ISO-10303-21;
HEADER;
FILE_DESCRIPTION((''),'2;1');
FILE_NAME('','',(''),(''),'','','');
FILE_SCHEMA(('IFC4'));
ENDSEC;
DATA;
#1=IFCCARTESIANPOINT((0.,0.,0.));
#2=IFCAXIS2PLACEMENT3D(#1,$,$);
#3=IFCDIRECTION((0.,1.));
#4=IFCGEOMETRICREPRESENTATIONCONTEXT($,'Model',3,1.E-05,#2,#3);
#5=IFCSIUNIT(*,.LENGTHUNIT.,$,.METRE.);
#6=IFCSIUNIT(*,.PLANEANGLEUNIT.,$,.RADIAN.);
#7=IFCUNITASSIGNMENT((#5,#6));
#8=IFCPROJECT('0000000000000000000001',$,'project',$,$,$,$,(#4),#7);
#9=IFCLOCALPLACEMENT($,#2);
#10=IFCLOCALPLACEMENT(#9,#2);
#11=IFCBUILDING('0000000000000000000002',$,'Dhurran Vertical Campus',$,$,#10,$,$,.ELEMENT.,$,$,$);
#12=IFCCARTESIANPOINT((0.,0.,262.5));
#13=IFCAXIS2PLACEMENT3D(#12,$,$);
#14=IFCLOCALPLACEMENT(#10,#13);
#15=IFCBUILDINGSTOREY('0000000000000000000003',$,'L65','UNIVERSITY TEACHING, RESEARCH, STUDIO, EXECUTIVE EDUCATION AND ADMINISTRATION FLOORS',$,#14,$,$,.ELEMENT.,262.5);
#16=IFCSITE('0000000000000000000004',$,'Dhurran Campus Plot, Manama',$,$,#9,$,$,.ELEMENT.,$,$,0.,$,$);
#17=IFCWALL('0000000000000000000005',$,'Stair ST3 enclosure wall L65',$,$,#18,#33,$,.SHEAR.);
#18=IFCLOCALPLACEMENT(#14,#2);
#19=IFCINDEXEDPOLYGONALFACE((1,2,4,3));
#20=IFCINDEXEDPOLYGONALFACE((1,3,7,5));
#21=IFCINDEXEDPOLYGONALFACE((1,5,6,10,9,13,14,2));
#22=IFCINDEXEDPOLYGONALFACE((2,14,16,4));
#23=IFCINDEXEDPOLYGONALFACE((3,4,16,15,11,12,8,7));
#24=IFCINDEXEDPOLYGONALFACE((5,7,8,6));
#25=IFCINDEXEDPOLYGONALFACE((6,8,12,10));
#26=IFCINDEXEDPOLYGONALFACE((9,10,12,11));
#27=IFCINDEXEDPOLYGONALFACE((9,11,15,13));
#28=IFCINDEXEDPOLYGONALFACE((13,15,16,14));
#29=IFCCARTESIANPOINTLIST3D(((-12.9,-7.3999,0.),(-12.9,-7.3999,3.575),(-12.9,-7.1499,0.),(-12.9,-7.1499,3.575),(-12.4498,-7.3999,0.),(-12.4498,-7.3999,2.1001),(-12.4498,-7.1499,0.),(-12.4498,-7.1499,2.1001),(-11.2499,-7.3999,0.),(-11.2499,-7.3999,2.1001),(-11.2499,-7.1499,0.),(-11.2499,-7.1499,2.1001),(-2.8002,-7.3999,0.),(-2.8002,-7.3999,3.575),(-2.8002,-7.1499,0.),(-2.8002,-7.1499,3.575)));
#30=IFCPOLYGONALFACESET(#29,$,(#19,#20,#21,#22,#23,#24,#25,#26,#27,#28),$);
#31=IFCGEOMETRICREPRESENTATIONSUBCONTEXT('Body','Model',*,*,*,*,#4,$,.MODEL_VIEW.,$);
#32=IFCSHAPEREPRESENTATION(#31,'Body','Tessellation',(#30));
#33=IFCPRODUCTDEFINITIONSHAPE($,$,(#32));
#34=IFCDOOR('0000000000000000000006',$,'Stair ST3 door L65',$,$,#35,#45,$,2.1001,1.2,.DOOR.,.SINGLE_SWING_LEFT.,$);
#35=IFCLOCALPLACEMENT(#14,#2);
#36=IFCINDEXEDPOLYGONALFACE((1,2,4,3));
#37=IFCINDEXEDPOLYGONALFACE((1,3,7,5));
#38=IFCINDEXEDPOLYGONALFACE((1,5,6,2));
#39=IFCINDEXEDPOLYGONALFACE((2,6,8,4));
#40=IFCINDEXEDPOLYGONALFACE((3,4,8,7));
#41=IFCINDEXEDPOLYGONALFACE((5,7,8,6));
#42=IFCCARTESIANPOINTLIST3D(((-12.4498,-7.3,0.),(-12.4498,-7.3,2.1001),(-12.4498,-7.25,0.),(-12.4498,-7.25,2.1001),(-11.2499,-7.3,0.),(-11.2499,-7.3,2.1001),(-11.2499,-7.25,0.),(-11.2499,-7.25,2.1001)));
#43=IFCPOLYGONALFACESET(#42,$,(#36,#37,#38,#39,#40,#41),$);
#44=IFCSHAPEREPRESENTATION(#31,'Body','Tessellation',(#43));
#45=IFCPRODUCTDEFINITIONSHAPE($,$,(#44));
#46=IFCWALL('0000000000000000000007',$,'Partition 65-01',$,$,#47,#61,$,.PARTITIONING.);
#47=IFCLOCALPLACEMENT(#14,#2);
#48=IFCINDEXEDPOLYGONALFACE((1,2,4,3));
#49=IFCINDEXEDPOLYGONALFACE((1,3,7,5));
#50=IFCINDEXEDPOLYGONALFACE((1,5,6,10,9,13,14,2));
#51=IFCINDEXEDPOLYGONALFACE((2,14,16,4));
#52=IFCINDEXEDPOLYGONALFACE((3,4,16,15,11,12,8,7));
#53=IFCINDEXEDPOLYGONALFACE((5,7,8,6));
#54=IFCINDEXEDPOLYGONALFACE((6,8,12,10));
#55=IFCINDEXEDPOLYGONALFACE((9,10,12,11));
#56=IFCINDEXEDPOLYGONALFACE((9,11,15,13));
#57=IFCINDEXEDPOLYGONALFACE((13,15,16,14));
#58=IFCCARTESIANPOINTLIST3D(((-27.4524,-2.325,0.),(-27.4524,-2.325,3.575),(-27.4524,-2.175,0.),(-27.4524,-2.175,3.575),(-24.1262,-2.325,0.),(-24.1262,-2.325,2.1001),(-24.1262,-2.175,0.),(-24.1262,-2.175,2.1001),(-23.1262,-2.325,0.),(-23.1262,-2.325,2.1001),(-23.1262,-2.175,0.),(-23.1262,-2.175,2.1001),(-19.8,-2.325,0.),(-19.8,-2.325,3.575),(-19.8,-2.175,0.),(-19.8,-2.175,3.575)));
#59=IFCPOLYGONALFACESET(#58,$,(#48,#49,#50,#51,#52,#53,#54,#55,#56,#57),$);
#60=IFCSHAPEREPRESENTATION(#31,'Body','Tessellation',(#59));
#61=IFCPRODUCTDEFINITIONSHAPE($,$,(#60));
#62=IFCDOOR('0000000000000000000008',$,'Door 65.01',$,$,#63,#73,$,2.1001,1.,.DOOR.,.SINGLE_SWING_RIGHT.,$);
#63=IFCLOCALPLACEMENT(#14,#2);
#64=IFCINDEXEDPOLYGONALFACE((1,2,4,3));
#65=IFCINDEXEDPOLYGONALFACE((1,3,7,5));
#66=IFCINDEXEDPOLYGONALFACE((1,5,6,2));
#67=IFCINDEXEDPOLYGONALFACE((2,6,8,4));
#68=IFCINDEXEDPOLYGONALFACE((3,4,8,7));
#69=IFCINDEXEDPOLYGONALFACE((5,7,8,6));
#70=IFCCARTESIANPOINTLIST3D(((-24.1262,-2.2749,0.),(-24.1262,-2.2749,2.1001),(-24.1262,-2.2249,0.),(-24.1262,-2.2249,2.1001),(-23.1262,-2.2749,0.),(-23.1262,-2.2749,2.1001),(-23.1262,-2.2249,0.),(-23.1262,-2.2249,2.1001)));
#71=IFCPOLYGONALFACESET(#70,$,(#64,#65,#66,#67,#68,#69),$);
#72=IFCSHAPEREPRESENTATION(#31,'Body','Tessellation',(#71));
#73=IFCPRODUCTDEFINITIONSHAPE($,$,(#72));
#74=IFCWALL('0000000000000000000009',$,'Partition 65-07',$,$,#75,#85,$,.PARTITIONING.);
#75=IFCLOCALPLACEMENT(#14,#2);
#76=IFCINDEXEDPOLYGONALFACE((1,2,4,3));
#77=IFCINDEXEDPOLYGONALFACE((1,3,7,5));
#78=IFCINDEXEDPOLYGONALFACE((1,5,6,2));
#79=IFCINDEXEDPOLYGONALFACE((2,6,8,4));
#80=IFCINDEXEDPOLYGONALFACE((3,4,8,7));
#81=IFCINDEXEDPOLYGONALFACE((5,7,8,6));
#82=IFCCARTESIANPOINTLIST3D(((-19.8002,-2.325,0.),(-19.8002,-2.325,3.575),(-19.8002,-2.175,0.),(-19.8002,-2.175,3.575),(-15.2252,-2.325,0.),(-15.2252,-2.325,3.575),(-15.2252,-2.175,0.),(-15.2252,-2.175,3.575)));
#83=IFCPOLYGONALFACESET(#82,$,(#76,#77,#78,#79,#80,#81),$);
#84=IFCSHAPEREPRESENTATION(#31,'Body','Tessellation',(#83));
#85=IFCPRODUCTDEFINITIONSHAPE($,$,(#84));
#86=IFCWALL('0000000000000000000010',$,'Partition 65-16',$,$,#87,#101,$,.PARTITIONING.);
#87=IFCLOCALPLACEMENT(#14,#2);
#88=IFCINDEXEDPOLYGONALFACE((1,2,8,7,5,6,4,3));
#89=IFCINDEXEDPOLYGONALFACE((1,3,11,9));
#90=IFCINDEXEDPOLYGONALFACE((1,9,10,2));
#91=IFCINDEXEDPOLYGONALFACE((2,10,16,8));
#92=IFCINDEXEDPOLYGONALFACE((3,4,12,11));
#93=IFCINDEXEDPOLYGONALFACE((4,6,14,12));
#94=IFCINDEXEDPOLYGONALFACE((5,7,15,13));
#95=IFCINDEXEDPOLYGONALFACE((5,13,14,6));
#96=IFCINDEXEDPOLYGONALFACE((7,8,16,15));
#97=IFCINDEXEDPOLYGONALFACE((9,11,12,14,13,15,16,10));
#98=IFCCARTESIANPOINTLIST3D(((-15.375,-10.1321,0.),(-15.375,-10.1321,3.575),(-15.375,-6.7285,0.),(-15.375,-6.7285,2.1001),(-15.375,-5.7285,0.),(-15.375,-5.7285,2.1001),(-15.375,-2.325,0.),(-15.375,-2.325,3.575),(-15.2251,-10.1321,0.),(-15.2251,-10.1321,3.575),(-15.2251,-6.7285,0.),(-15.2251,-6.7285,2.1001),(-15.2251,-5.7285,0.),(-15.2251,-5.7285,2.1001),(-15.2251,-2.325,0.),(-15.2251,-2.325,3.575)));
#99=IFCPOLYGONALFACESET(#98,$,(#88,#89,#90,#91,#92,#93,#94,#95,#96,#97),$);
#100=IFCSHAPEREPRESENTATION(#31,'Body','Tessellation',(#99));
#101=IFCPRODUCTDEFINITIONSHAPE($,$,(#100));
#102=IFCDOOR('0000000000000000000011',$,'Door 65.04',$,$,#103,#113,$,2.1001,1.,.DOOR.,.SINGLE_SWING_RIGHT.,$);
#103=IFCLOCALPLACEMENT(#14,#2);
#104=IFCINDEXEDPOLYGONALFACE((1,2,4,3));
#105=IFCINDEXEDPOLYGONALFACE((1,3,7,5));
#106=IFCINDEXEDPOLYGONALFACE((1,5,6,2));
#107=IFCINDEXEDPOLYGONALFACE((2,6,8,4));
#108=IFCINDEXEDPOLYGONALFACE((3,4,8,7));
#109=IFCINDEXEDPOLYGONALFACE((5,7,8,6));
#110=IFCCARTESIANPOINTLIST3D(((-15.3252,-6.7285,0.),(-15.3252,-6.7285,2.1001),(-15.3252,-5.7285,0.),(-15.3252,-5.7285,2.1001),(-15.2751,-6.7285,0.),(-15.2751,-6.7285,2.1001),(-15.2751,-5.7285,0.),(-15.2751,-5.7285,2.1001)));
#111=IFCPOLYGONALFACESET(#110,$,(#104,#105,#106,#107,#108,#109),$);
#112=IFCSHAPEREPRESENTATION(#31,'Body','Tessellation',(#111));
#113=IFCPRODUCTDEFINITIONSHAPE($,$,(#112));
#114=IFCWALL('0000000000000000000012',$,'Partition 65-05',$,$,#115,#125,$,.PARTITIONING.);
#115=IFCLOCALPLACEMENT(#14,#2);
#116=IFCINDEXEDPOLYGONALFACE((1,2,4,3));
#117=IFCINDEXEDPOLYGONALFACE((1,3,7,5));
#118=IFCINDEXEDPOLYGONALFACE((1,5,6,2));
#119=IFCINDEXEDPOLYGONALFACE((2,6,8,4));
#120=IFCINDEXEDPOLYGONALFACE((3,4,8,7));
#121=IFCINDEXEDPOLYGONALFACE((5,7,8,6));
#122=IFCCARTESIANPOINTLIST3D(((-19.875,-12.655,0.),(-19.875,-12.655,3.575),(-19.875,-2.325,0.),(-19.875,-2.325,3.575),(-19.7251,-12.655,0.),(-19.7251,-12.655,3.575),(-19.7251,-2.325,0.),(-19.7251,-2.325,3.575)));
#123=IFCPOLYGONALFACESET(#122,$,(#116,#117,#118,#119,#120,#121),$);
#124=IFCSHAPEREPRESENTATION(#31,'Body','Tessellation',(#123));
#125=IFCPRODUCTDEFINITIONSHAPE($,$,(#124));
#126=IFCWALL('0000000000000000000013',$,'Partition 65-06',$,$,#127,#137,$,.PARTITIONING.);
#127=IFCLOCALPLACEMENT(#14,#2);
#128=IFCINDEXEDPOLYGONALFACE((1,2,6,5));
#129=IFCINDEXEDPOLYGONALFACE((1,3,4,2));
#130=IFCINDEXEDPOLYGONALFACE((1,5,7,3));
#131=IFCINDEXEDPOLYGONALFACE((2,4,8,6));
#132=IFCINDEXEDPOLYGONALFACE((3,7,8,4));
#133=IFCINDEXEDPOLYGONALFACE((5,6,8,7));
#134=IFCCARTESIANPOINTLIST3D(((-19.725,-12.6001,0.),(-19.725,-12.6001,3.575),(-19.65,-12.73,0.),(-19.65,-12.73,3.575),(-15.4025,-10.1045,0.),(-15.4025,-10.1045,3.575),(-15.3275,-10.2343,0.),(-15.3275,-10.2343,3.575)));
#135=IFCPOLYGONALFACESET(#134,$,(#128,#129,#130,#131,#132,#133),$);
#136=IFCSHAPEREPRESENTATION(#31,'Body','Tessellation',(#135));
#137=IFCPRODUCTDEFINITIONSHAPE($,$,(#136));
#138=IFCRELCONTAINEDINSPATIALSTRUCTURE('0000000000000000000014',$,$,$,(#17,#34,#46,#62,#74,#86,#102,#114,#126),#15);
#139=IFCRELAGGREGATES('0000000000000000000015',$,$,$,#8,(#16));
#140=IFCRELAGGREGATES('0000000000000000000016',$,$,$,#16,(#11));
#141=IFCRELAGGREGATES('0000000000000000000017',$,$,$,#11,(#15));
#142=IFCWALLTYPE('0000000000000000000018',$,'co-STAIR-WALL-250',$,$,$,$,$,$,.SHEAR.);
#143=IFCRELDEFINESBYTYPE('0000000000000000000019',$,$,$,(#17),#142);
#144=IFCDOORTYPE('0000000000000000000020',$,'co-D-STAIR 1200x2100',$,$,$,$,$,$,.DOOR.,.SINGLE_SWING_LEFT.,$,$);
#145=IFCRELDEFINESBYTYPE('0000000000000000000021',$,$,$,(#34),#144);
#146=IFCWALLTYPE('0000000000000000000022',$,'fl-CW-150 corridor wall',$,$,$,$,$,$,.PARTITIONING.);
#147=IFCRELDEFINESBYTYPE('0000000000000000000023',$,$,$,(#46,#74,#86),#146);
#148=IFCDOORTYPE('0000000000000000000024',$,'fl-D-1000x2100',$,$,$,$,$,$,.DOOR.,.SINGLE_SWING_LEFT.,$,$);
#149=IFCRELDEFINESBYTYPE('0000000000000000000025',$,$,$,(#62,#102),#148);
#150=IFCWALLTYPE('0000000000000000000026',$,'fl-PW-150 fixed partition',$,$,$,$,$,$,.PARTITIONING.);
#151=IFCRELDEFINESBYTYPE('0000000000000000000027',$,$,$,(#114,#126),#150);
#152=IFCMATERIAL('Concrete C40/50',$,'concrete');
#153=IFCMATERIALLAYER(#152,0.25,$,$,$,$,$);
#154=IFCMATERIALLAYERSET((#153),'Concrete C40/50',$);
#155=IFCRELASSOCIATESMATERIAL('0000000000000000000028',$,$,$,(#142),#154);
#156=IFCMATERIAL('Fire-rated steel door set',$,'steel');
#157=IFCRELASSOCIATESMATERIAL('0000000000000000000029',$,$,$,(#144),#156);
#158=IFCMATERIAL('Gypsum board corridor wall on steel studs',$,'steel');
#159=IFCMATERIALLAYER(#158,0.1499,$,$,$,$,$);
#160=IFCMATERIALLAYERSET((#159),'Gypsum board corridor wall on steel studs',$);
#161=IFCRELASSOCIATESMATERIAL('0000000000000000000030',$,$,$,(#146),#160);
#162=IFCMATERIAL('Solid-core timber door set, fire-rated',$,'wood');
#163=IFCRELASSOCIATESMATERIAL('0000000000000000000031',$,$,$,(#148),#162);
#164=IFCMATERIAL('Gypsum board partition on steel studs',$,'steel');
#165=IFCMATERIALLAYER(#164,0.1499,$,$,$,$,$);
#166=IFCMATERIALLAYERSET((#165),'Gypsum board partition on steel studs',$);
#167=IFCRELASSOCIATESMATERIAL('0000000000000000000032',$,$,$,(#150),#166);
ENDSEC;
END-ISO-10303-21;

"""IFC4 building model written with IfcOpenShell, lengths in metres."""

from ifc_helpers import new_model, si_unit, direction, frame, frame_2d, origin, place, context, subcontext, project, spatial, rectangle, extrude, material, layer, layer_set, type_object, element, fill, save


model = new_model("IFC4")

# Units and contexts
model_context = context("Model", 3, precision=1e-05, world=origin(), true_north=direction((0.0, 1.0)))
body_context = subcontext(model_context, "Body", "Model", "MODEL_VIEW")
ifc_project = project(units=[si_unit("LENGTHUNIT", "METRE"), si_unit("PLANEANGLEUNIT", "RADIAN")], contexts=[model_context])

# Site, building, storey
site_placement = place(None, origin())
site = spatial("IfcSite", under=ifc_project, at=site_placement, Name="Dhurran Campus Plot, Manama", CompositionType="ELEMENT", RefElevation=0.0)
building_placement = place(site_placement, origin())
building = spatial("IfcBuilding", under=site, at=building_placement, Name="Dhurran Vertical Campus", CompositionType="ELEMENT")
storey_placement = place(building_placement, frame((0.0, 0.0, 262.5)))
storey = spatial("IfcBuildingStorey", under=building, at=storey_placement, Name="L65", Description="UNIVERSITY TEACHING, RESEARCH, STUDIO, EXECUTIVE EDUCATION AND ADMINISTRATION FLOORS", CompositionType="ELEMENT", Elevation=262.5)

# Walls, openings, doors
ifc_material_1 = material(Name="Concrete C40/50", Category="concrete")
ifc_layer_1 = layer(ifc_material_1, 0.25)
ifc_layer_set_1 = layer_set([ifc_layer_1], Name="Concrete C40/50")
wall_type_1 = type_object("IfcWallType", Name="co-STAIR-WALL-250", PredefinedType="SHEAR", material=ifc_layer_set_1)
wall_1_placement = place(storey_placement, frame((-12.8999, -7.2749, 0.0), z_axis=(0.0, 0.0, 1.0), x_axis=(1.0, 0.0, 0.0)))
wall_1 = element("IfcWall", 1, at=wall_1_placement, inside=storey, type_object=wall_type_1, Name="Stair ST3 enclosure wall L65", PredefinedType="SHEAR", context=body_context, shape_type="SweptSolid", body=[
    extrude(rectangle(XDim=10.0999, YDim=0.25, at=frame_2d((5.0498, 0.0))), origin(), (0.0, 0.0, 1.0), 3.575),
])
opening_1_placement = place(wall_1_placement, frame((0.45, 0.0, 0.0)))
opening_1 = element("IfcOpeningElement", 2, at=opening_1_placement, cuts=wall_1, PredefinedType="OPENING", context=body_context, shape_type="SweptSolid", body=[
    extrude(rectangle(XDim=1.2, YDim=2.1001, at=frame_2d((0.6001, 1.05))), frame((0.0, 0.135, 0.0), z_axis=(0.0, -1.0, 0.0), x_axis=(1.0, 0.0, 0.0)), (0.0, 0.0, 1.0), 0.27),
])
ifc_material_2 = material(Name="Fire-rated steel door set", Category="steel")
door_type_1 = type_object("IfcDoorType", Name="co-D-STAIR 1200x2100", OperationType="SINGLE_SWING_LEFT", PredefinedType="DOOR", material=ifc_material_2)
door_1_placement = place(opening_1_placement, origin())
door_1 = element("IfcDoor", 3, at=door_1_placement, inside=storey, type_object=door_type_1, Name="Stair ST3 door L65", OperationType="SINGLE_SWING_LEFT", OverallHeight=2.1001, OverallWidth=1.2, PredefinedType="DOOR", context=body_context, shape_type="SweptSolid", body=[
    extrude(rectangle(XDim=1.2, YDim=2.1001, at=frame_2d((0.6001, 1.05))), frame((0.0, 0.0249, 0.0), z_axis=(0.0, -1.0, 0.0), x_axis=(1.0, 0.0, 0.0)), (0.0, 0.0, 1.0), 0.05),
])
fill(opening_1, door_1)
ifc_material_3 = material(Name="Gypsum board corridor wall on steel studs", Category="steel")
ifc_layer_2 = layer(ifc_material_3, 0.1499)
ifc_layer_set_2 = layer_set([ifc_layer_2], Name="Gypsum board corridor wall on steel studs")
wall_type_2 = type_object("IfcWallType", Name="fl-CW-150 corridor wall", PredefinedType="PARTITIONING", material=ifc_layer_set_2)
wall_2_placement = place(storey_placement, frame((-19.8, -2.25, 0.0), z_axis=(0.0, 0.0, 1.0), x_axis=(-1.0, 0.0, 0.0)))
wall_2 = element("IfcWall", 4, at=wall_2_placement, inside=storey, type_object=wall_type_2, Name="Partition 65-01", PredefinedType="PARTITIONING", context=body_context, shape_type="SweptSolid", body=[
    extrude(rectangle(XDim=7.6523, YDim=0.1499, at=frame_2d((3.8262, 0.0))), origin(), (0.0, 0.0, 1.0), 3.575),
])
opening_2_placement = place(wall_2_placement, frame((3.3262, 0.0, 0.0)))
opening_2 = element("IfcOpeningElement", 5, at=opening_2_placement, cuts=wall_2, PredefinedType="OPENING", context=body_context, shape_type="SweptSolid", body=[
    extrude(rectangle(XDim=1.0, YDim=2.1001, at=frame_2d((0.5, 1.05))), frame((0.0, 0.085, 0.0), z_axis=(0.0, -1.0, 0.0), x_axis=(1.0, 0.0, 0.0)), (0.0, 0.0, 1.0), 0.1699),
])
ifc_material_4 = material(Name="Solid-core timber door set, fire-rated", Category="wood")
door_type_2 = type_object("IfcDoorType", Name="fl-D-1000x2100", OperationType="SINGLE_SWING_LEFT", PredefinedType="DOOR", material=ifc_material_4)
door_2_placement = place(opening_2_placement, origin())
door_2 = element("IfcDoor", 6, at=door_2_placement, inside=storey, type_object=door_type_2, Name="Door 65.01", OperationType="SINGLE_SWING_RIGHT", OverallHeight=2.1001, OverallWidth=1.0, PredefinedType="DOOR", context=body_context, shape_type="SweptSolid", body=[
    extrude(rectangle(XDim=1.0, YDim=2.1001, at=frame_2d((0.5, 1.05))), frame((0.0, 0.0249, 0.0), z_axis=(0.0, -1.0, 0.0), x_axis=(1.0, 0.0, 0.0)), (0.0, 0.0, 1.0), 0.05),
])
fill(opening_2, door_2)

# Wall
wall_3_placement = place(storey_placement, frame((-15.2251, -2.25, 0.0), z_axis=(0.0, 0.0, 1.0), x_axis=(-1.0, 0.0, 0.0)))
element("IfcWall", 7, at=wall_3_placement, inside=storey, type_object=wall_type_2, Name="Partition 65-07", PredefinedType="PARTITIONING", context=body_context, shape_type="SweptSolid", body=[
    extrude(rectangle(XDim=4.575, YDim=0.1499, at=frame_2d((2.2876, 0.0))), origin(), (0.0, 0.0, 1.0), 3.575),
])

# Wall, opening, door
wall_4_placement = place(storey_placement, frame((-15.3, -2.325, 0.0), z_axis=(0.0, 0.0, 1.0), x_axis=(0.0, -1.0, 0.0)))
wall_4 = element("IfcWall", 8, at=wall_4_placement, inside=storey, type_object=wall_type_2, Name="Partition 65-16", PredefinedType="PARTITIONING", context=body_context, shape_type="SweptSolid", body=[
    extrude(rectangle(XDim=7.8071, YDim=0.1499, at=frame_2d((3.9036, 0.0))), origin(), (0.0, 0.0, 1.0), 3.575),
])
opening_3_placement = place(wall_4_placement, frame((3.4036, 0.0, 0.0)))
opening_3 = element("IfcOpeningElement", 9, at=opening_3_placement, cuts=wall_4, PredefinedType="OPENING", context=body_context, shape_type="SweptSolid", body=[
    extrude(rectangle(XDim=1.0, YDim=2.1001, at=frame_2d((0.5, 1.05))), frame((0.0, 0.085, 0.0), z_axis=(0.0, -1.0, 0.0), x_axis=(1.0, 0.0, 0.0)), (0.0, 0.0, 1.0), 0.1699),
])
door_3_placement = place(opening_3_placement, origin())
door_3 = element("IfcDoor", 10, at=door_3_placement, inside=storey, type_object=door_type_2, Name="Door 65.04", OperationType="SINGLE_SWING_RIGHT", OverallHeight=2.1001, OverallWidth=1.0, PredefinedType="DOOR", context=body_context, shape_type="SweptSolid", body=[
    extrude(rectangle(XDim=1.0, YDim=2.1001, at=frame_2d((0.5, 1.05))), frame((0.0, 0.0249, 0.0), z_axis=(0.0, -1.0, 0.0), x_axis=(1.0, 0.0, 0.0)), (0.0, 0.0, 1.0), 0.05),
])
fill(opening_3, door_3)

# Walls
ifc_material_5 = material(Name="Gypsum board partition on steel studs", Category="steel")
ifc_layer_3 = layer(ifc_material_5, 0.1499)
ifc_layer_set_3 = layer_set([ifc_layer_3], Name="Gypsum board partition on steel studs")
wall_type_3 = type_object("IfcWallType", Name="fl-PW-150 fixed partition", PredefinedType="PARTITIONING", material=ifc_layer_set_3)
wall_5_placement = place(storey_placement, frame((-19.8, -2.325, 0.0), z_axis=(0.0, 0.0, 1.0), x_axis=(0.0, -1.0, 0.0)))
element("IfcWall", 11, at=wall_5_placement, inside=storey, type_object=wall_type_3, Name="Partition 65-05", PredefinedType="PARTITIONING", context=body_context, shape_type="SweptSolid", body=[
    extrude(rectangle(XDim=10.3301, YDim=0.1499, at=frame_2d((5.165, 0.0))), origin(), (0.0, 0.0, 1.0), 3.575),
])
wall_6_placement = place(storey_placement, frame((-15.365, -10.1694, 0.0), z_axis=(0.0, 0.0, 1.0), x_axis=(-0.866025, -0.5, 0.0)))
element("IfcWall", 12, at=wall_6_placement, inside=storey, type_object=wall_type_3, Name="Partition 65-06", PredefinedType="PARTITIONING", context=body_context, shape_type="SweptSolid", body=[
    extrude(rectangle(XDim=4.9912, YDim=0.1499, at=frame_2d((2.4956, 0.0))), origin(), (0.0, 0.0, 1.0), 3.575),
])

save(model, "model.ifc")
